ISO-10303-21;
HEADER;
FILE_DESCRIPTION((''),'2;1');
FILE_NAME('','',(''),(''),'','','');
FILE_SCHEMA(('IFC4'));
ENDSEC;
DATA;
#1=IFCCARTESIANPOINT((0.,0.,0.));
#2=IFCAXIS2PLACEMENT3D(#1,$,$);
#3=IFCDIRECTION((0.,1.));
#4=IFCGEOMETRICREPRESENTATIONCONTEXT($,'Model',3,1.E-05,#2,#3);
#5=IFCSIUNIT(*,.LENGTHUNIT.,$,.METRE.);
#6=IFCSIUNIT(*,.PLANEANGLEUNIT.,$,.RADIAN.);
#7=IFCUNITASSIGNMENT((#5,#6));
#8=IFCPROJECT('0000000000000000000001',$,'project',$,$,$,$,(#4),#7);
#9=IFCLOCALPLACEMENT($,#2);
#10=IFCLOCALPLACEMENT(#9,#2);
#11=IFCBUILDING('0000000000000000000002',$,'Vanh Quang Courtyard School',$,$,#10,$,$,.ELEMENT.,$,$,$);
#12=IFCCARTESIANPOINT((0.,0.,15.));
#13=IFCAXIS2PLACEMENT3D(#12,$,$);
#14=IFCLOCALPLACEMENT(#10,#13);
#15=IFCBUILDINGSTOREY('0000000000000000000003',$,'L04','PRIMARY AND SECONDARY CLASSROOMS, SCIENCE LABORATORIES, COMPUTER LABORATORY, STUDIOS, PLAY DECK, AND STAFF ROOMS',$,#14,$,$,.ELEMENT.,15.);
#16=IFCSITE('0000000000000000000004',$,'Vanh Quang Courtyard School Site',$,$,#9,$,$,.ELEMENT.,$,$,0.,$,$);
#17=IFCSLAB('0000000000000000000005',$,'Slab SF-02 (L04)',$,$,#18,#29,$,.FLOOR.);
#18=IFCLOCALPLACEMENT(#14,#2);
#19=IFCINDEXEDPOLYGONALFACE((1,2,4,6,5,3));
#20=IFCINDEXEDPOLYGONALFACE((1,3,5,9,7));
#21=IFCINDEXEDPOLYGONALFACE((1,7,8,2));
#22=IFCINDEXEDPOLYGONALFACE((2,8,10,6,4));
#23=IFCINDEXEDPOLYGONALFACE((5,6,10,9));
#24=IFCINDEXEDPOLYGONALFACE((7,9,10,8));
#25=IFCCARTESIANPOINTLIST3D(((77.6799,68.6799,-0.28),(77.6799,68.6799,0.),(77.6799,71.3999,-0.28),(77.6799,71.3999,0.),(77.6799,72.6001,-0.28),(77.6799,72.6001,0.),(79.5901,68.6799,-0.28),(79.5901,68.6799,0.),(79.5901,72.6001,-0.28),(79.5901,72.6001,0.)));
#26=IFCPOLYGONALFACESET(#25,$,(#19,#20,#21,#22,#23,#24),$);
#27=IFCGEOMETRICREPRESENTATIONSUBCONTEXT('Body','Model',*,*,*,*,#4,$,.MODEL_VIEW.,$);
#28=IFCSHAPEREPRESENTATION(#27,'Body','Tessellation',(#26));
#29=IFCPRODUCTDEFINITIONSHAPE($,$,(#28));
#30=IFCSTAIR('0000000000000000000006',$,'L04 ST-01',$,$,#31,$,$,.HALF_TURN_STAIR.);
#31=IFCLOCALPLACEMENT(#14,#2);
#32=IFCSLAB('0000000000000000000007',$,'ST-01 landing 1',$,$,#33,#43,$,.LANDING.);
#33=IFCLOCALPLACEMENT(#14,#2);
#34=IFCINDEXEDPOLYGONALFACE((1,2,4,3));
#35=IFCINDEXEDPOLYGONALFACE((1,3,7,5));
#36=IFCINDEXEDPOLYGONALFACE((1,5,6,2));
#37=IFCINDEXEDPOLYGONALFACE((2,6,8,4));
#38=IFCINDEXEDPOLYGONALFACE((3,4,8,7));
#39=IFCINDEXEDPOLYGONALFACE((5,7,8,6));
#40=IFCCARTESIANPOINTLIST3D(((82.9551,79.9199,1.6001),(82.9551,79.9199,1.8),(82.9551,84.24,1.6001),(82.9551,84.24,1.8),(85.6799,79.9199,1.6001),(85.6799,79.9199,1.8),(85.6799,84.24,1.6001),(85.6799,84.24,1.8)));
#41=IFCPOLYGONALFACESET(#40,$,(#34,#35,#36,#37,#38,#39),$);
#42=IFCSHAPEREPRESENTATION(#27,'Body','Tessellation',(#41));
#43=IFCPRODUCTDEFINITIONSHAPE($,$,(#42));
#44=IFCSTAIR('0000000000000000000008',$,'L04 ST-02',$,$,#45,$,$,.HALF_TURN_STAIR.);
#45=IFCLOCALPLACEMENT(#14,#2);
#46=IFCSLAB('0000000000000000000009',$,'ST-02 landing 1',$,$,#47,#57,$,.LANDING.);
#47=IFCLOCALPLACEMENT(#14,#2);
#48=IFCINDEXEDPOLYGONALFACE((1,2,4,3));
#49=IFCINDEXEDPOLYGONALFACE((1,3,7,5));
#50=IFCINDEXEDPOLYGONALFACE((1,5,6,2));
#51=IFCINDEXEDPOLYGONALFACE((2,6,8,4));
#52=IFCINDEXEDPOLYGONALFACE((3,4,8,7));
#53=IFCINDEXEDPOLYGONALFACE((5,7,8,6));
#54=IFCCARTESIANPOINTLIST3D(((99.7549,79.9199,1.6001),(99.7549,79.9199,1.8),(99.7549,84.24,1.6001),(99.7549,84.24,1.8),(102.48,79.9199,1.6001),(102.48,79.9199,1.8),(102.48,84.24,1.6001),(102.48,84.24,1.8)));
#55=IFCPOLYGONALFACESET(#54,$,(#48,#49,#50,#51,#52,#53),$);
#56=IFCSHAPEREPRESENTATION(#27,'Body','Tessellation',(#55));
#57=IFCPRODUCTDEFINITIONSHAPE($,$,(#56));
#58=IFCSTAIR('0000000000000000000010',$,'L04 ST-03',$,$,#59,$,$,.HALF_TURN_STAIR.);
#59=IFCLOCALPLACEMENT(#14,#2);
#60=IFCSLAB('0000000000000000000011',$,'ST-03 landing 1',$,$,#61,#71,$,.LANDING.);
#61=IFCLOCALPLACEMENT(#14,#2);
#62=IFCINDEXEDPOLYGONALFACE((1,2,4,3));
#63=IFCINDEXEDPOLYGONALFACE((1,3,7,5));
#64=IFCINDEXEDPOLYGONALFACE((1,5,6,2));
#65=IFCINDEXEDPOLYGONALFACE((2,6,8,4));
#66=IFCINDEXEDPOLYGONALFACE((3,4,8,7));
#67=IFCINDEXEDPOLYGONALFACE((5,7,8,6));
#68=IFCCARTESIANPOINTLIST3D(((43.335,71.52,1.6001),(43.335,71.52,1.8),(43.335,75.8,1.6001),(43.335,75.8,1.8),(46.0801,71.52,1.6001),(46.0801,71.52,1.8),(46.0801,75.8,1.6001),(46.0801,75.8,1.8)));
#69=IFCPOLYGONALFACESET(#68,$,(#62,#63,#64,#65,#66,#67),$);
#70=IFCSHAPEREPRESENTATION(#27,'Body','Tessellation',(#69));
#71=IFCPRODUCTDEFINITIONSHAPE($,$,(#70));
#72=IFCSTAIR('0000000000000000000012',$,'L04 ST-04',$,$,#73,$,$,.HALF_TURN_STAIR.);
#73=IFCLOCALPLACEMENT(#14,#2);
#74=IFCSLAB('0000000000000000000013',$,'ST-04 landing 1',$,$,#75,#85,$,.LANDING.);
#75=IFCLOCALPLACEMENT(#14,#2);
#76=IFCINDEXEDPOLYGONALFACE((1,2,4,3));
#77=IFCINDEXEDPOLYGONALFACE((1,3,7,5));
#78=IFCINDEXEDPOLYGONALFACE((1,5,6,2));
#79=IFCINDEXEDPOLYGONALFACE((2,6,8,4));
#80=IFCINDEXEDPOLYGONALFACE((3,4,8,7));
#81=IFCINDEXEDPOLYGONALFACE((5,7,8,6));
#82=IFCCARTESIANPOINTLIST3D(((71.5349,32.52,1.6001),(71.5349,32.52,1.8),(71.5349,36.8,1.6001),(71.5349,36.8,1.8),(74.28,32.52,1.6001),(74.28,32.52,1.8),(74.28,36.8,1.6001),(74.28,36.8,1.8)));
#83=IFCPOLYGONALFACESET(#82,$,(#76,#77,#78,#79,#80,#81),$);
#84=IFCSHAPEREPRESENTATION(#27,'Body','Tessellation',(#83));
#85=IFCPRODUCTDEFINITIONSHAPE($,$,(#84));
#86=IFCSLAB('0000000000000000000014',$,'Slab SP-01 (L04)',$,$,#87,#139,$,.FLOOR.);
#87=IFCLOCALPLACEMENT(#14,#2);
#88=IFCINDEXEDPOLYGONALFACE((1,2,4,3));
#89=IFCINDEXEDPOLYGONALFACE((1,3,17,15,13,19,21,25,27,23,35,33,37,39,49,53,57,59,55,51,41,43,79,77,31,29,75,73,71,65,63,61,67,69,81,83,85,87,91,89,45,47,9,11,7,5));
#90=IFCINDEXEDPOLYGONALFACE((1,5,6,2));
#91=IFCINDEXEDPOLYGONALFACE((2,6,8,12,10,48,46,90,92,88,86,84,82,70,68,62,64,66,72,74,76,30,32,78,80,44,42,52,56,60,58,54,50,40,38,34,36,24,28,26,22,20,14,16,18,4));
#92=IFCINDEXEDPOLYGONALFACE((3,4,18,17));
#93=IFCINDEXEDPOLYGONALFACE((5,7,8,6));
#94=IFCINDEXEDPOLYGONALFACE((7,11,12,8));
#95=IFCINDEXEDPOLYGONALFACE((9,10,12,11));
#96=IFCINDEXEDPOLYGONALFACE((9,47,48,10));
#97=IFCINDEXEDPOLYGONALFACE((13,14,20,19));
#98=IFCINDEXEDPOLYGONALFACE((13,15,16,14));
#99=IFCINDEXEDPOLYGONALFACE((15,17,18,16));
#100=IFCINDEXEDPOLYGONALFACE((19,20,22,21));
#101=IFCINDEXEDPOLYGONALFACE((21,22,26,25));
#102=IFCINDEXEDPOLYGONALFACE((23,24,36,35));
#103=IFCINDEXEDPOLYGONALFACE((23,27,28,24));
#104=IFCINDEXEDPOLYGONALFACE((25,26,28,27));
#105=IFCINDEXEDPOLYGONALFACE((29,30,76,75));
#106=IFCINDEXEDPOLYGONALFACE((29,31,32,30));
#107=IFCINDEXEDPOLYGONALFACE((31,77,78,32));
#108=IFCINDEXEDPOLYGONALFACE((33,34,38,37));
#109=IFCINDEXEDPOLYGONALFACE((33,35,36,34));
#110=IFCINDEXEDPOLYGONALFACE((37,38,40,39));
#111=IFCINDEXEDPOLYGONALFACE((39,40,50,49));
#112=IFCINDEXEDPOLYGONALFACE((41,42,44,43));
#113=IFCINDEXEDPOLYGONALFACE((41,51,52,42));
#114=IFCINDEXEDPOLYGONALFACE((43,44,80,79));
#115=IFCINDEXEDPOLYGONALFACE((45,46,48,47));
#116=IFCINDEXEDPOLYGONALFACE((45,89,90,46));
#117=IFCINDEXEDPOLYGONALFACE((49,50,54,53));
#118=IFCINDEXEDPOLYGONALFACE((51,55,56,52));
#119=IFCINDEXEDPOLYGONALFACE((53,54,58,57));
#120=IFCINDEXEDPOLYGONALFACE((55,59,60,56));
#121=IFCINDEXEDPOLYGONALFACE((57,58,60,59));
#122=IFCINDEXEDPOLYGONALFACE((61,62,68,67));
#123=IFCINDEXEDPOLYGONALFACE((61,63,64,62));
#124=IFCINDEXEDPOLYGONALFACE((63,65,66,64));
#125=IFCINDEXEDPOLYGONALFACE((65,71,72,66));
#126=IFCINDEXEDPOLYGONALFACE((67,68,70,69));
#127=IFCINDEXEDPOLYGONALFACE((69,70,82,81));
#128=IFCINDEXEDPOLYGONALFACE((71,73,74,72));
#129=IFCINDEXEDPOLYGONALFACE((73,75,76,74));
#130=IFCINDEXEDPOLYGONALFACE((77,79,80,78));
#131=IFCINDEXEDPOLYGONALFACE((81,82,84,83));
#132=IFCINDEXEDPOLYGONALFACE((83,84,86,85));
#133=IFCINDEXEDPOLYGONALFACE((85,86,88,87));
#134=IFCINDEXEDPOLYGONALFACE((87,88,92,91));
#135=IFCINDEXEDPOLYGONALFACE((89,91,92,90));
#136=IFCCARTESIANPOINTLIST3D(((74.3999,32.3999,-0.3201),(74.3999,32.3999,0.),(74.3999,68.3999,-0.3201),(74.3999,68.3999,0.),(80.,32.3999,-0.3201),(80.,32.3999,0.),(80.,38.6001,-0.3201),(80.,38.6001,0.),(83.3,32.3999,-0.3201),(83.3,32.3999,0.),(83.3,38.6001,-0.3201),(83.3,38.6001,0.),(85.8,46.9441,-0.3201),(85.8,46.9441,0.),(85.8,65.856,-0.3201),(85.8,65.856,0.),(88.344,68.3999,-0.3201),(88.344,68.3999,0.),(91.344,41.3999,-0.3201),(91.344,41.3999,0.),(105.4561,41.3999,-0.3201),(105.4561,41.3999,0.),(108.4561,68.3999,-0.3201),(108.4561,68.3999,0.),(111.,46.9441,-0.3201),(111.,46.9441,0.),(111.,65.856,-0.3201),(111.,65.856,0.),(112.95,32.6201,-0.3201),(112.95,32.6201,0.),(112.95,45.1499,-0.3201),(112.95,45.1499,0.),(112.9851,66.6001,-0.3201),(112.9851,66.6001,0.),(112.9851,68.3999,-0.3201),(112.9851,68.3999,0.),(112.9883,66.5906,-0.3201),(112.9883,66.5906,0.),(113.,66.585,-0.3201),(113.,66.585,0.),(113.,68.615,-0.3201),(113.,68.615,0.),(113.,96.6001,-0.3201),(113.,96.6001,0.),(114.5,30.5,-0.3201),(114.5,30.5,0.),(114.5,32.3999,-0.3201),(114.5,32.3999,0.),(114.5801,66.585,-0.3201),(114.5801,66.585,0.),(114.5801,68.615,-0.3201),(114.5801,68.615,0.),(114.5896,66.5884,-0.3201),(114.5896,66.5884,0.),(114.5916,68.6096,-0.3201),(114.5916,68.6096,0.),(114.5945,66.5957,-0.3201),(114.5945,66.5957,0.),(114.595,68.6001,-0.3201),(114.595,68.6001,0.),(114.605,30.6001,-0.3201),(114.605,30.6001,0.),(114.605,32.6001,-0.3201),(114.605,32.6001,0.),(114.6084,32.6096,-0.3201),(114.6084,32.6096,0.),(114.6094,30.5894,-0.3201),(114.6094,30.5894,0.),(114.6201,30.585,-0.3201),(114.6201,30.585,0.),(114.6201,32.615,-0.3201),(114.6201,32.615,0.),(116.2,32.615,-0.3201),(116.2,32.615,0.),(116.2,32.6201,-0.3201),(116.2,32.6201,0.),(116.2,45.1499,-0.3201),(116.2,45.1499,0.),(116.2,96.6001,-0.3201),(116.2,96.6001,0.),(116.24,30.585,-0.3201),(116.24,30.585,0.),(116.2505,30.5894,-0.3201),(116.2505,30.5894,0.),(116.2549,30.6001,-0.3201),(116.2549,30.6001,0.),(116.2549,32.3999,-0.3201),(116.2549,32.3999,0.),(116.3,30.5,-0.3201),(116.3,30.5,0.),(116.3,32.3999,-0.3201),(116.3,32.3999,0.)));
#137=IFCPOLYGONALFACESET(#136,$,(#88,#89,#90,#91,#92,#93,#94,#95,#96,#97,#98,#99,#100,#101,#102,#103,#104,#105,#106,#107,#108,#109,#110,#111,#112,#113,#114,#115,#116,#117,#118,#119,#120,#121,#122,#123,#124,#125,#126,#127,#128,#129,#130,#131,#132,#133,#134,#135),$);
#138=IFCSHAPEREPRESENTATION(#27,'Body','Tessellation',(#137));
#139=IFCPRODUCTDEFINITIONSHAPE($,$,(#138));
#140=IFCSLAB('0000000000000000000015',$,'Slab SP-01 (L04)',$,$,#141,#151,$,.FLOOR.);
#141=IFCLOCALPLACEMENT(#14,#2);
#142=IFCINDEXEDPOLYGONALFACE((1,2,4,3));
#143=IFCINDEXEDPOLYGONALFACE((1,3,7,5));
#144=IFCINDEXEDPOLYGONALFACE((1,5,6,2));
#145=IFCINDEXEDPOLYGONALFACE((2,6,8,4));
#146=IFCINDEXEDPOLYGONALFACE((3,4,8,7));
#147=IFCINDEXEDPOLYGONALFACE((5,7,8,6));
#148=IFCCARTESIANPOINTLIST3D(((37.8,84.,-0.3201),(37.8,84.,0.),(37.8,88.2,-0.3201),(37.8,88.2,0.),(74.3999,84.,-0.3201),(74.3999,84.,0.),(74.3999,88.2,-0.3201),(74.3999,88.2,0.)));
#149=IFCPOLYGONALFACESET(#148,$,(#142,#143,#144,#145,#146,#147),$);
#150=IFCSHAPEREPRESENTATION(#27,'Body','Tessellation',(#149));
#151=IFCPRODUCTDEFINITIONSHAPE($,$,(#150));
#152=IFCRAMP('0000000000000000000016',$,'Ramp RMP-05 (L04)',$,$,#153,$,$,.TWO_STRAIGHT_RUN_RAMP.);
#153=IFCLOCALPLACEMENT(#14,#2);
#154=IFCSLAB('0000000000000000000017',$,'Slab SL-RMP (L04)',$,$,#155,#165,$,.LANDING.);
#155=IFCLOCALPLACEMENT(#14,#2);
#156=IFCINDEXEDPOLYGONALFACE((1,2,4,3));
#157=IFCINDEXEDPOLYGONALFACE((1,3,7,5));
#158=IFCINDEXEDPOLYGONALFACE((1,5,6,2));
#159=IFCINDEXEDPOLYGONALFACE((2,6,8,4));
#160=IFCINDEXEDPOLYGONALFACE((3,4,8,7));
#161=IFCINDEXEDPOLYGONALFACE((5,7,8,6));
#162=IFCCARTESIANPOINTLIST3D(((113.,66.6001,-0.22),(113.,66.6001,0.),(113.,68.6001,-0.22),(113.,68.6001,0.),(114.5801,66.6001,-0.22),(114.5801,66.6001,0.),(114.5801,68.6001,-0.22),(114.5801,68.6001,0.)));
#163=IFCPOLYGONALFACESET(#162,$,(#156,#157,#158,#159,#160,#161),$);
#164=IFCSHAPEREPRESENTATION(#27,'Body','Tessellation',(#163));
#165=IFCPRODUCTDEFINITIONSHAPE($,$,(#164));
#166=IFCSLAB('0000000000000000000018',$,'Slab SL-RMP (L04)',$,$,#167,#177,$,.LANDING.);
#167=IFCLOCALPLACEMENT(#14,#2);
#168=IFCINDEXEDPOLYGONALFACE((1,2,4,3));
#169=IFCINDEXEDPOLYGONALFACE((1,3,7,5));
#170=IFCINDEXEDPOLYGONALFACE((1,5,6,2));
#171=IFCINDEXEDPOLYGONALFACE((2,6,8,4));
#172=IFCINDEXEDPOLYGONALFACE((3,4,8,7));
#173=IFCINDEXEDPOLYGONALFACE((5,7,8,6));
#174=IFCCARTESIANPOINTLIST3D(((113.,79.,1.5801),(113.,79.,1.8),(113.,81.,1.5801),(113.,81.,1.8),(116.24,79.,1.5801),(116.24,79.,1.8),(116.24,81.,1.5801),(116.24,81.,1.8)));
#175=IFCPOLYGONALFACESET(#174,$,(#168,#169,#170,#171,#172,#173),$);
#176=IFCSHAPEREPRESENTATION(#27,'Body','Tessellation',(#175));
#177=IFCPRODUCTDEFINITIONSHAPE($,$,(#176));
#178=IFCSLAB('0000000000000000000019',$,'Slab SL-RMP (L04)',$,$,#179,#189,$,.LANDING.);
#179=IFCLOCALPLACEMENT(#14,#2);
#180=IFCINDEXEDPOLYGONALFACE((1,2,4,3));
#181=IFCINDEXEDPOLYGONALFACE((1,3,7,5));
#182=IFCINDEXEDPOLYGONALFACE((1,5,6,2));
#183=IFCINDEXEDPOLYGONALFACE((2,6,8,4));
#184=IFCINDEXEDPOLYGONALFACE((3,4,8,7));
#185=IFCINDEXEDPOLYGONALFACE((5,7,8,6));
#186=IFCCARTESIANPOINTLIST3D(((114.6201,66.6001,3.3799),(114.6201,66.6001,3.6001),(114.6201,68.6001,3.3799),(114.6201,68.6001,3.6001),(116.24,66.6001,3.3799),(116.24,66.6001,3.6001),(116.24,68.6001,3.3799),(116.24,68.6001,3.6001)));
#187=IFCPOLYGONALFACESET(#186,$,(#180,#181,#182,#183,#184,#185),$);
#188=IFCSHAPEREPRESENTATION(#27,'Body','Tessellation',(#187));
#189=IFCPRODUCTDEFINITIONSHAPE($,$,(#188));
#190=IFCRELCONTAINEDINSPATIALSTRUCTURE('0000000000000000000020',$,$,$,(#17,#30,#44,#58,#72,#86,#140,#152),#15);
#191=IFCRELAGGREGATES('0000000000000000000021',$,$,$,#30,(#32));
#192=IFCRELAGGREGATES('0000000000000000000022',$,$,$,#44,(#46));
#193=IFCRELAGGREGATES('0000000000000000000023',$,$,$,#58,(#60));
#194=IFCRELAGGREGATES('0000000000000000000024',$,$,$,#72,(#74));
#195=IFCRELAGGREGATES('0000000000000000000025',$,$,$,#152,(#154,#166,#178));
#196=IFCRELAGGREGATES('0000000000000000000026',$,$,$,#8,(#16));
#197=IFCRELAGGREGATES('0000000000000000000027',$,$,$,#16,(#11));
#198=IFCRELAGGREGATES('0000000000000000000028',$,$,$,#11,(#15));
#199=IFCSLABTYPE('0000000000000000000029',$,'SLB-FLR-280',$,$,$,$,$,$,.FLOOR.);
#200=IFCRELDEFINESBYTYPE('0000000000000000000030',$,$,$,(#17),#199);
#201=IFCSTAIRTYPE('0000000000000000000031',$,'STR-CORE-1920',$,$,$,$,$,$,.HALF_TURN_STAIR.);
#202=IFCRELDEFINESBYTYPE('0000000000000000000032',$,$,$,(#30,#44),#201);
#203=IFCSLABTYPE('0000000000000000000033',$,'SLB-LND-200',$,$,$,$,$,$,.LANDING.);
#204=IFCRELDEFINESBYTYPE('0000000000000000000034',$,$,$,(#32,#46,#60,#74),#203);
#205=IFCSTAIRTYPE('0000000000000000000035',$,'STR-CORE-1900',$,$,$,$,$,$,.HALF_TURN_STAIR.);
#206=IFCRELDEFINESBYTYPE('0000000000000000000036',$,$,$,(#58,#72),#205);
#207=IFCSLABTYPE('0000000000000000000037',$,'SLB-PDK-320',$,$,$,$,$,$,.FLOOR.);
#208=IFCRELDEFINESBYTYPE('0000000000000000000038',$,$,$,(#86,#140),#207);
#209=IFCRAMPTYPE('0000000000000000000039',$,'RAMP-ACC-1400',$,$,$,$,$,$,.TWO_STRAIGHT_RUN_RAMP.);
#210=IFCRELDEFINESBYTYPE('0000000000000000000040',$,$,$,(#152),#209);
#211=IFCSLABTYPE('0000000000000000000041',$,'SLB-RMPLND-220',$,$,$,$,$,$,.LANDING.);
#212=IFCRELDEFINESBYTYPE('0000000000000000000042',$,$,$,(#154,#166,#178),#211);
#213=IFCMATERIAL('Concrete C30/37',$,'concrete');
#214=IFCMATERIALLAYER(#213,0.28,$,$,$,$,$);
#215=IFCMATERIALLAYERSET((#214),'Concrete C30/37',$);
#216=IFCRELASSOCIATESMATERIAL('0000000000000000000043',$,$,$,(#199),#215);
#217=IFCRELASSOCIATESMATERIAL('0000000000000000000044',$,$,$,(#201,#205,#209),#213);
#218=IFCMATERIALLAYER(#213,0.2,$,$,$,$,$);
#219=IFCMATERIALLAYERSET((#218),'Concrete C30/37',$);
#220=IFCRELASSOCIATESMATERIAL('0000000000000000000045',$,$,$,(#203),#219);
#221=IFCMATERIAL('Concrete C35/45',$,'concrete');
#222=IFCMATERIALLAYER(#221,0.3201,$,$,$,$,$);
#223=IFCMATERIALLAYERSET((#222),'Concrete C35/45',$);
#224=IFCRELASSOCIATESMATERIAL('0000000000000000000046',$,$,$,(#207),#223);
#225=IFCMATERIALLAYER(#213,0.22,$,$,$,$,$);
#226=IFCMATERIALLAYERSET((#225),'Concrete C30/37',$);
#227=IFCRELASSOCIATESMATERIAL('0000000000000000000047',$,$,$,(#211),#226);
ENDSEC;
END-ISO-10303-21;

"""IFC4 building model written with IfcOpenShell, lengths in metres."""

from ifc_helpers import new_model, si_unit, direction, frame, origin, place, context, subcontext, project, spatial, polyline, outline, extrude, material, layer, layer_set, type_object, element, aggregate, save


model = new_model("IFC4")

# Units and contexts
model_context = context("Model", 3, precision=1e-05, world=origin(), true_north=direction((0.0, 1.0)))
body_context = subcontext(model_context, "Body", "Model", "MODEL_VIEW")
ifc_project = project(units=[si_unit("LENGTHUNIT", "METRE"), si_unit("PLANEANGLEUNIT", "RADIAN")], contexts=[model_context])

# Site, building, storey
site_placement = place(None, origin())
site = spatial("IfcSite", under=ifc_project, at=site_placement, Name="Vanh Quang Courtyard School Site", CompositionType="ELEMENT", RefElevation=0.0)
building_placement = place(site_placement, origin())
building = spatial("IfcBuilding", under=site, at=building_placement, Name="Vanh Quang Courtyard School", CompositionType="ELEMENT")
storey_placement = place(building_placement, frame((0.0, 0.0, 15.0)))
storey = spatial("IfcBuildingStorey", under=building, at=storey_placement, Name="L04", Description="PRIMARY AND SECONDARY CLASSROOMS, SCIENCE LABORATORIES, COMPUTER LABORATORY, STUDIOS, PLAY DECK, AND STAFF ROOMS", CompositionType="ELEMENT", Elevation=15.0)

# Slab
ifc_material_1 = material(Name="Concrete C30/37", Category="concrete")
ifc_layer_1 = layer(ifc_material_1, 0.28)
ifc_layer_set_1 = layer_set([ifc_layer_1], Name="Concrete C30/37")
slab_type_1 = type_object("IfcSlabType", Name="SLB-FLR-280", PredefinedType="FLOOR", material=ifc_layer_set_1)
slab_1_placement = place(storey_placement, frame((0.0, 0.0, -0.28)))
element("IfcSlab", 1, at=slab_1_placement, inside=storey, type_object=slab_type_1, Name="Slab SF-02 (L04)", PredefinedType="FLOOR", context=body_context, shape_type="SweptSolid", body=[
    extrude(outline(polyline([(79.5901, 68.6799), (77.6799, 68.6799), (77.6799, 71.3999), (77.6799, 72.6001), (79.5901, 72.6001), (79.5901, 68.6799)])), origin(), (0.0, 0.0, 1.0), 0.28),
])

# Stairs, slabs
stair_type_1 = type_object("IfcStairType", Name="STR-CORE-1920", PredefinedType="HALF_TURN_STAIR", material=ifc_material_1)
stair_1_placement = place(storey_placement, origin())
stair_1 = element("IfcStair", 2, at=stair_1_placement, inside=storey, type_object=stair_type_1, Name="L04 ST-01", PredefinedType="HALF_TURN_STAIR")
ifc_layer_2 = layer(ifc_material_1, 0.2)
ifc_layer_set_2 = layer_set([ifc_layer_2], Name="Concrete C30/37")
slab_type_2 = type_object("IfcSlabType", Name="SLB-LND-200", PredefinedType="LANDING", material=ifc_layer_set_2)
slab_2_placement = place(storey_placement, frame((0.0, 0.0, 1.6001)))
slab_2 = element("IfcSlab", 3, at=slab_2_placement, type_object=slab_type_2, Name="ST-01 landing 1", PredefinedType="LANDING", context=body_context, shape_type="SweptSolid", body=[
    extrude(outline(polyline([(82.9551, 79.9199), (85.6799, 79.9199), (85.6799, 84.24), (82.9551, 84.24), (82.9551, 79.9199)])), origin(), (0.0, 0.0, 1.0), 0.2),
])
aggregate(stair_1, [slab_2])
stair_2_placement = place(storey_placement, origin())
stair_2 = element("IfcStair", 4, at=stair_2_placement, inside=storey, type_object=stair_type_1, Name="L04 ST-02", PredefinedType="HALF_TURN_STAIR")
slab_3_placement = place(storey_placement, frame((0.0, 0.0, 1.6001)))
slab_3 = element("IfcSlab", 5, at=slab_3_placement, type_object=slab_type_2, Name="ST-02 landing 1", PredefinedType="LANDING", context=body_context, shape_type="SweptSolid", body=[
    extrude(outline(polyline([(99.7549, 79.9199), (102.48, 79.9199), (102.48, 84.24), (99.7549, 84.24), (99.7549, 79.9199)])), origin(), (0.0, 0.0, 1.0), 0.2),
])
aggregate(stair_2, [slab_3])
stair_type_2 = type_object("IfcStairType", Name="STR-CORE-1900", PredefinedType="HALF_TURN_STAIR", material=ifc_material_1)
stair_3_placement = place(storey_placement, origin())
stair_3 = element("IfcStair", 6, at=stair_3_placement, inside=storey, type_object=stair_type_2, Name="L04 ST-03", PredefinedType="HALF_TURN_STAIR")
slab_4_placement = place(storey_placement, frame((0.0, 0.0, 1.6001)))
slab_4 = element("IfcSlab", 7, at=slab_4_placement, type_object=slab_type_2, Name="ST-03 landing 1", PredefinedType="LANDING", context=body_context, shape_type="SweptSolid", body=[
    extrude(outline(polyline([(43.335, 71.52), (46.0801, 71.52), (46.0801, 75.8), (43.335, 75.8), (43.335, 71.52)])), origin(), (0.0, 0.0, 1.0), 0.2),
])
aggregate(stair_3, [slab_4])
stair_4_placement = place(storey_placement, origin())
stair_4 = element("IfcStair", 8, at=stair_4_placement, inside=storey, type_object=stair_type_2, Name="L04 ST-04", PredefinedType="HALF_TURN_STAIR")
slab_5_placement = place(storey_placement, frame((0.0, 0.0, 1.6001)))
slab_5 = element("IfcSlab", 9, at=slab_5_placement, type_object=slab_type_2, Name="ST-04 landing 1", PredefinedType="LANDING", context=body_context, shape_type="SweptSolid", body=[
    extrude(outline(polyline([(71.5349, 32.52), (74.28, 32.52), (74.28, 36.8), (71.5349, 36.8), (71.5349, 32.52)])), origin(), (0.0, 0.0, 1.0), 0.2),
])
aggregate(stair_4, [slab_5])

# Slabs
ifc_material_2 = material(Name="Concrete C35/45", Category="concrete")
ifc_layer_3 = layer(ifc_material_2, 0.3201)
ifc_layer_set_3 = layer_set([ifc_layer_3], Name="Concrete C35/45")
slab_type_3 = type_object("IfcSlabType", Name="SLB-PDK-320", PredefinedType="FLOOR", material=ifc_layer_set_3)
slab_6_placement = place(storey_placement, frame((0.0, 0.0, -0.3201)))
element("IfcSlab", 10, at=slab_6_placement, inside=storey, type_object=slab_type_3, Name="Slab SP-01 (L04)", PredefinedType="FLOOR", context=body_context, shape_type="SweptSolid", body=[
    extrude(outline(polyline([(114.5, 32.3999), (114.5, 30.5), (116.3, 30.5), (116.3, 32.3999), (116.2549, 32.3999), (116.2549, 30.6001), (116.2505, 30.5894), (116.24, 30.585), (114.6201, 30.585), (114.6094, 30.5894), (114.605, 30.6001), (114.605, 32.6001), (114.6084, 32.6096), (114.6201, 32.615), (116.2, 32.615), (116.2, 32.6201), (112.95, 32.6201), (112.95, 45.1499), (116.2, 45.1499), (116.2, 96.6001), (113.0, 96.6001), (113.0, 68.615), (114.5801, 68.615), (114.5916, 68.6096), (114.595, 68.6001), (114.5945, 66.5957), (114.5896, 66.5884), (114.5801, 66.585), (113.0, 66.585), (112.9883, 66.5906), (112.9851, 66.6001), (112.9851, 68.3999), (108.4561, 68.3999), (111.0, 65.856), (111.0, 46.9441), (105.4561, 41.3999), (91.344, 41.3999), (85.8, 46.9441), (85.8, 65.856), (88.344, 68.3999), (74.3999, 68.3999), (74.3999, 32.3999), (80.0, 32.3999), (80.0, 38.6001), (83.3, 38.6001), (83.3, 32.3999), (114.5, 32.3999)])), origin(), (0.0, 0.0, 1.0), 0.3201),
])
slab_7_placement = place(storey_placement, frame((0.0, 0.0, -0.3201)))
element("IfcSlab", 11, at=slab_7_placement, inside=storey, type_object=slab_type_3, Name="Slab SP-01 (L04)", PredefinedType="FLOOR", context=body_context, shape_type="SweptSolid", body=[
    extrude(outline(polyline([(74.3999, 88.2), (37.8, 88.2), (37.8, 84.0), (74.3999, 84.0), (74.3999, 88.2)])), origin(), (0.0, 0.0, 1.0), 0.3201),
])

# Ramp, slabs
ramp_type = type_object("IfcRampType", Name="RAMP-ACC-1400", PredefinedType="TWO_STRAIGHT_RUN_RAMP", material=ifc_material_1)
ramp_placement = place(storey_placement, origin())
ramp = element("IfcRamp", 12, at=ramp_placement, inside=storey, type_object=ramp_type, Name="Ramp RMP-05 (L04)", PredefinedType="TWO_STRAIGHT_RUN_RAMP")
ifc_layer_4 = layer(ifc_material_1, 0.22)
ifc_layer_set_4 = layer_set([ifc_layer_4], Name="Concrete C30/37")
slab_type_4 = type_object("IfcSlabType", Name="SLB-RMPLND-220", PredefinedType="LANDING", material=ifc_layer_set_4)
slab_8_placement = place(storey_placement, frame((0.0, 0.0, -0.22)))
slab_8 = element("IfcSlab", 13, at=slab_8_placement, type_object=slab_type_4, Name="Slab SL-RMP (L04)", PredefinedType="LANDING", context=body_context, shape_type="SweptSolid", body=[
    extrude(outline(polyline([(114.5801, 66.6001), (114.5801, 68.6001), (113.0, 68.6001), (113.0, 66.6001), (114.5801, 66.6001)])), origin(), (0.0, 0.0, 1.0), 0.22),
])
slab_9_placement = place(storey_placement, frame((0.0, 0.0, 1.5801)))
slab_9 = element("IfcSlab", 14, at=slab_9_placement, type_object=slab_type_4, Name="Slab SL-RMP (L04)", PredefinedType="LANDING", context=body_context, shape_type="SweptSolid", body=[
    extrude(outline(polyline([(116.24, 79.0), (116.24, 81.0), (113.0, 81.0), (113.0, 79.0), (116.24, 79.0)])), origin(), (0.0, 0.0, 1.0), 0.22),
])
slab_10_placement = place(storey_placement, frame((0.0, 0.0, 3.3799)))
slab_10 = element("IfcSlab", 15, at=slab_10_placement, type_object=slab_type_4, Name="Slab SL-RMP (L04)", PredefinedType="LANDING", context=body_context, shape_type="SweptSolid", body=[
    extrude(outline(polyline([(116.24, 66.6001), (116.24, 68.6001), (114.6201, 68.6001), (114.6201, 66.6001), (116.24, 66.6001)])), origin(), (0.0, 0.0, 1.0), 0.2202),
])
aggregate(ramp, [slab_8, slab_9, slab_10])

save(model, "model.ifc")
